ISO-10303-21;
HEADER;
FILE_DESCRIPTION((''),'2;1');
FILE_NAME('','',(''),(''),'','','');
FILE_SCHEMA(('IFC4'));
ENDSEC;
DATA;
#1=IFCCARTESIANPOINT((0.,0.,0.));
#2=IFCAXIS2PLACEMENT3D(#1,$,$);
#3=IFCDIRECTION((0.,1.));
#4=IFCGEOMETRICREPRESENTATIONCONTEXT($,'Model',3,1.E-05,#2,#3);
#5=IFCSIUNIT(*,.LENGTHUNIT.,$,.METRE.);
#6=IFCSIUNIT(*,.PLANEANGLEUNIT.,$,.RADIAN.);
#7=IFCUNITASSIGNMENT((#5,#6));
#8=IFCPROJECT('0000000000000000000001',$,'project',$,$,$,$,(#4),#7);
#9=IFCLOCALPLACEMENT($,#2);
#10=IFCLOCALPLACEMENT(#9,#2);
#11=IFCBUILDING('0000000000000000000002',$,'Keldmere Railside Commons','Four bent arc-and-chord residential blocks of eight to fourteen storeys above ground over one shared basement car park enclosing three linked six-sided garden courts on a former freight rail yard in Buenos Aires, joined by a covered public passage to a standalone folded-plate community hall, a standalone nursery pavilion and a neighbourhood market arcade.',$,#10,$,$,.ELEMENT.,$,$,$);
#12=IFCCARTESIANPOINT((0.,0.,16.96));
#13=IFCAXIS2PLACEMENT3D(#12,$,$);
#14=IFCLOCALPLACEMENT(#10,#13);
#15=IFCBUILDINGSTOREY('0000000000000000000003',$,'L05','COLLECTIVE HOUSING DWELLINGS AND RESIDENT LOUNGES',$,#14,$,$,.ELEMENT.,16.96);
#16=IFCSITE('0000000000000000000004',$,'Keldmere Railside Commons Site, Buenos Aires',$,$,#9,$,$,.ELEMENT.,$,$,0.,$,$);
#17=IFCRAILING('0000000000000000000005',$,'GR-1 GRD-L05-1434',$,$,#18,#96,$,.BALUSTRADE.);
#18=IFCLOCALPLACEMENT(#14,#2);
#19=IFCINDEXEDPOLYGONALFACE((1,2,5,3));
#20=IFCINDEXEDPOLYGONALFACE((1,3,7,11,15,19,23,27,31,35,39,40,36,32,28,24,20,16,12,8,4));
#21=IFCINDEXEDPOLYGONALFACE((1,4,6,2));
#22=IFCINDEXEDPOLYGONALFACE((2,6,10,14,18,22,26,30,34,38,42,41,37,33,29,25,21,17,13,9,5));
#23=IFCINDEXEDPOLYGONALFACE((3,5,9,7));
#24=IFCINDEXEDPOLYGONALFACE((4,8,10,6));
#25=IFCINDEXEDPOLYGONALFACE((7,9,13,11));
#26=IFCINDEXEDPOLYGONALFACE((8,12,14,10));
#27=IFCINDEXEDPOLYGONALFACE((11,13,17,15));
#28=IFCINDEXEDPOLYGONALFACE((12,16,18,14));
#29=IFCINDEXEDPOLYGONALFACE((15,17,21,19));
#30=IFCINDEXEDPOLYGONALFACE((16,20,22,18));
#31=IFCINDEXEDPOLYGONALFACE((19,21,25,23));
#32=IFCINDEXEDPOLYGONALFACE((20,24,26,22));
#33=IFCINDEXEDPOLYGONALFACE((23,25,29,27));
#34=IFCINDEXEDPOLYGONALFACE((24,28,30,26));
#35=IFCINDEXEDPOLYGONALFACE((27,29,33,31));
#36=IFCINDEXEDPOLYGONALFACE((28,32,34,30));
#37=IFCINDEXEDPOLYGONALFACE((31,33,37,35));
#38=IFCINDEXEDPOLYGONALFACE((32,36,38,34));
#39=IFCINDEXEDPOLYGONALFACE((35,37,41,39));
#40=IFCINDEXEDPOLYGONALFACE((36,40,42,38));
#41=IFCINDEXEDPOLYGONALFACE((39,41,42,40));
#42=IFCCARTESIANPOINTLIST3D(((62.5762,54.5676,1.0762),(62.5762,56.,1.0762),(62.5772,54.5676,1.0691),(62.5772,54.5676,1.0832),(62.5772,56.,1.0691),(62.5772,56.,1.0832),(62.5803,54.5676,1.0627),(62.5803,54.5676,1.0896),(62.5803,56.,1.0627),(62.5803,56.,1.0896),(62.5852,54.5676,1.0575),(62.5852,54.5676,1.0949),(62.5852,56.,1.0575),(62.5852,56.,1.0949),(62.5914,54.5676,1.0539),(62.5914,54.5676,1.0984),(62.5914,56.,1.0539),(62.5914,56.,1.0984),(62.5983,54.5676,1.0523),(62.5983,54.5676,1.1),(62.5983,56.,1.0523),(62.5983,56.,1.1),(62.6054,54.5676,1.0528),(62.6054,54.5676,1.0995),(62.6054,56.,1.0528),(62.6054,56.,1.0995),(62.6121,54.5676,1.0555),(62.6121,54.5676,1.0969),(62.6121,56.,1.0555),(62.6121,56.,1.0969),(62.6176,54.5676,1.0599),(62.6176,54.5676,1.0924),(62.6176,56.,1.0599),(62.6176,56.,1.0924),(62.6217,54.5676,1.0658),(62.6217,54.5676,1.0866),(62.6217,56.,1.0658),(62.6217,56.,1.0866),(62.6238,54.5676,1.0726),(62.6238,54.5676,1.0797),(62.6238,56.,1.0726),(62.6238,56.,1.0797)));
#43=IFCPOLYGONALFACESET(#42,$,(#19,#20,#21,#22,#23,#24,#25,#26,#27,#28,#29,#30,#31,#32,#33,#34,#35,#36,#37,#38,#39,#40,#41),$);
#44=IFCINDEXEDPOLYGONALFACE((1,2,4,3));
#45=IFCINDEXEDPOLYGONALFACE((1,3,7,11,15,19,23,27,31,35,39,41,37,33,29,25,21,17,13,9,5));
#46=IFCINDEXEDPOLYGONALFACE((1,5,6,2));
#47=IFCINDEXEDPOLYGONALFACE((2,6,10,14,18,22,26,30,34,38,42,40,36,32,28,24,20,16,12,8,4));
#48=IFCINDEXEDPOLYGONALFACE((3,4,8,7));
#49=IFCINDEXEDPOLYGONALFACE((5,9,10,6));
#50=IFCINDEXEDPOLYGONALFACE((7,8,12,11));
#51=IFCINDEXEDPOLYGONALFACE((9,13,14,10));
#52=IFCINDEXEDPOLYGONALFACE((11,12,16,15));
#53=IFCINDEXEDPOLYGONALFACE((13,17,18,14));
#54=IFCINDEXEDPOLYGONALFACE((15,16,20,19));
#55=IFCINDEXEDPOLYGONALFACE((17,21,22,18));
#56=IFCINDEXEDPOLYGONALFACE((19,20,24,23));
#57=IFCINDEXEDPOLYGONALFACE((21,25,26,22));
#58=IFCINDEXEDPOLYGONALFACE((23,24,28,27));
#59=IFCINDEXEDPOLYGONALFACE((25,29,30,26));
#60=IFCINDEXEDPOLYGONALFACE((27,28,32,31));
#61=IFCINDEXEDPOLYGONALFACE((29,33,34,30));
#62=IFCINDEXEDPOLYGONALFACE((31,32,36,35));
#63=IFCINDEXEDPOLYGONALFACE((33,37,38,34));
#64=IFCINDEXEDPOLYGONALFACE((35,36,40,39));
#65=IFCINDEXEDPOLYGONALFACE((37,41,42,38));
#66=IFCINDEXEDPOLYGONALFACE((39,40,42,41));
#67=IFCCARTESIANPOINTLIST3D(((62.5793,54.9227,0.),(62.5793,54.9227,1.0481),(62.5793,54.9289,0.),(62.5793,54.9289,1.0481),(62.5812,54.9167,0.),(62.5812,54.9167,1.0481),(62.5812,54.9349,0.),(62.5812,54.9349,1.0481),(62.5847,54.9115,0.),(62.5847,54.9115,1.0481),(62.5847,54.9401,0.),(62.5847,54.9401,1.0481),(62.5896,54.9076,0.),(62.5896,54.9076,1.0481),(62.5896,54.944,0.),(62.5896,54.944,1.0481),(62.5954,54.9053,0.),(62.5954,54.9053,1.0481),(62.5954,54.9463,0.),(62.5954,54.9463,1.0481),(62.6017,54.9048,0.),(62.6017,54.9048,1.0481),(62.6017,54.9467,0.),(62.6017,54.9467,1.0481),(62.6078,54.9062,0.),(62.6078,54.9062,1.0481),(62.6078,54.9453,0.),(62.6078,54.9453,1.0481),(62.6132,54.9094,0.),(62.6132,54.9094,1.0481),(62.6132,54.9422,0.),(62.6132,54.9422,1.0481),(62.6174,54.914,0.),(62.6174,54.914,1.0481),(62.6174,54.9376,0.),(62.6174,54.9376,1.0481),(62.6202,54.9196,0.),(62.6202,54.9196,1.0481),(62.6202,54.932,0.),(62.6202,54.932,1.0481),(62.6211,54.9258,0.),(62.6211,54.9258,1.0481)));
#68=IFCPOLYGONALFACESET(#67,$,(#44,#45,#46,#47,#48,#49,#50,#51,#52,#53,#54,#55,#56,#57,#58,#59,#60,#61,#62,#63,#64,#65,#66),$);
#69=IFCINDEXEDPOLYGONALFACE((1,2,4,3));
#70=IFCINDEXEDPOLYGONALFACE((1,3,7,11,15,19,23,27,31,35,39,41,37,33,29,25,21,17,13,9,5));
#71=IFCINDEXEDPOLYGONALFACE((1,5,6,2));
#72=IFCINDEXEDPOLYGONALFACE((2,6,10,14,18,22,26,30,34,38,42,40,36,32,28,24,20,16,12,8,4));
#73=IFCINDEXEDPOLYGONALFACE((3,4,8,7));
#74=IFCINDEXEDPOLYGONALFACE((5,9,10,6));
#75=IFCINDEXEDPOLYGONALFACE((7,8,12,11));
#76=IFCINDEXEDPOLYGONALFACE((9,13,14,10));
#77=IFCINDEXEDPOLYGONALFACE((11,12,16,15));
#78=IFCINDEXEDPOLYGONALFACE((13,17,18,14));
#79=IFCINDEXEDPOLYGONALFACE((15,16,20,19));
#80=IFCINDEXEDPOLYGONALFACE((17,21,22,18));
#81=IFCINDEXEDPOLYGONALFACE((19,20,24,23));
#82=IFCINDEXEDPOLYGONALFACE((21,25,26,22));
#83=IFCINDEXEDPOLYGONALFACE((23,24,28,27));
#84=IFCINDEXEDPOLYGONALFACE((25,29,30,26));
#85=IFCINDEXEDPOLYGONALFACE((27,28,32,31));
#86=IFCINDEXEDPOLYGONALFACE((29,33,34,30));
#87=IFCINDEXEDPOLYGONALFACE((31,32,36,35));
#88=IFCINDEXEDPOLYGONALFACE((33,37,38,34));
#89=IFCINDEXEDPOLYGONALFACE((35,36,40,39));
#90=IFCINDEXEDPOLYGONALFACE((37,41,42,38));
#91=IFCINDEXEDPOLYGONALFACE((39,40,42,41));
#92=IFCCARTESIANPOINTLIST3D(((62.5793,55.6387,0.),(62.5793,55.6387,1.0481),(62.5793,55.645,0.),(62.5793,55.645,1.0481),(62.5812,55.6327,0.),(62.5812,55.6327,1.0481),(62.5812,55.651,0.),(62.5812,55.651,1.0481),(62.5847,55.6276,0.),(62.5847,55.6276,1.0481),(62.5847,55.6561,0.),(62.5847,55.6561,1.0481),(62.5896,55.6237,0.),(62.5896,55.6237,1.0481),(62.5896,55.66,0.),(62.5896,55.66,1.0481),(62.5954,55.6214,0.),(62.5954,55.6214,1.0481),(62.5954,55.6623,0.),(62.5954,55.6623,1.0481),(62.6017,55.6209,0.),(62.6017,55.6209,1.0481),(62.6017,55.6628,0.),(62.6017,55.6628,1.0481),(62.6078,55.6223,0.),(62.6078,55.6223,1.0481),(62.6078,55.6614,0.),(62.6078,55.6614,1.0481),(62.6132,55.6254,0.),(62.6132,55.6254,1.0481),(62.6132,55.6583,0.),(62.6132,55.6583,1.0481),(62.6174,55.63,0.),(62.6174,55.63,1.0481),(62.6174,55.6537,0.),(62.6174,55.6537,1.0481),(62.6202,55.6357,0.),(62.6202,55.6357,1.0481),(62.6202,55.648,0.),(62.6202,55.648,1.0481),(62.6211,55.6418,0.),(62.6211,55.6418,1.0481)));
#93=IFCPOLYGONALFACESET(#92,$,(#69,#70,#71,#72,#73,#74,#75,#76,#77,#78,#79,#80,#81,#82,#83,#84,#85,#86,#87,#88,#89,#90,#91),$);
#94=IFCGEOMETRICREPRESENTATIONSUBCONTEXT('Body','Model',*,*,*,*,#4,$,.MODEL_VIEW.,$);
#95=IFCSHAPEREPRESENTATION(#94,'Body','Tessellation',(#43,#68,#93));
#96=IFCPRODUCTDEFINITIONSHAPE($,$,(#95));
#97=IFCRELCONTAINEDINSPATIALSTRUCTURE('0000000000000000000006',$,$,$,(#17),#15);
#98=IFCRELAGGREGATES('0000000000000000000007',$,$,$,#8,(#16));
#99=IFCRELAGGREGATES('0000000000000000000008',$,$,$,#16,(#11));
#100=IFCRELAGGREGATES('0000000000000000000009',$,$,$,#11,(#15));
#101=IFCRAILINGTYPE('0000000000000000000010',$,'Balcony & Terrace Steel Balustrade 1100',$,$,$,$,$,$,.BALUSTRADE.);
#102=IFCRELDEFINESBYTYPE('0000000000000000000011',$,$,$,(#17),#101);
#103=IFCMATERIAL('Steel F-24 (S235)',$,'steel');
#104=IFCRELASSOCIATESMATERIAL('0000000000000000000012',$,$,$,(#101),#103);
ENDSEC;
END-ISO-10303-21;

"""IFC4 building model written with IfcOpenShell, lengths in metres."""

from ifc_helpers import new_model, si_unit, direction, frame, origin, origin_2d, place, context, subcontext, project, spatial, circle, extrude, material, type_object, element, save


model = new_model("IFC4")

# Units and contexts
model_context = context("Model", 3, precision=1e-05, world=origin(), true_north=direction((0.0, 1.0)))
body_context = subcontext(model_context, "Body", "Model", "MODEL_VIEW")
ifc_project = project(units=[si_unit("LENGTHUNIT", "METRE"), si_unit("PLANEANGLEUNIT", "RADIAN")], contexts=[model_context])

# Site, building, storey
site_placement = place(None, origin())
site = spatial("IfcSite", under=ifc_project, at=site_placement, Name="Keldmere Railside Commons Site, Buenos Aires", CompositionType="ELEMENT", RefElevation=0.0)
building_placement = place(site_placement, origin())
building = spatial("IfcBuilding", under=site, at=building_placement, Name="Keldmere Railside Commons", Description="Four bent arc-and-chord residential blocks of eight to fourteen storeys above ground over one shared basement car park enclosing three linked six-sided garden courts on a former freight rail yard in Buenos Aires, joined by a covered public passage to a standalone folded-plate community hall, a standalone nursery pavilion and a neighbourhood market arcade.", CompositionType="ELEMENT")
storey_placement = place(building_placement, frame((0.0, 0.0, 16.96)))
storey = spatial("IfcBuildingStorey", under=building, at=storey_placement, Name="L05", Description="COLLECTIVE HOUSING DWELLINGS AND RESIDENT LOUNGES", CompositionType="ELEMENT", Elevation=16.96)

# Railing
ifc_material_1 = material(Name="Steel F-24 (S235)", Category="steel")
railing_type = type_object("IfcRailingType", Name="Balcony & Terrace Steel Balustrade 1100", PredefinedType="BALUSTRADE", material=ifc_material_1)
railing_1_placement = place(storey_placement, frame((62.6001, 54.5676, 0.0)))
element("IfcRailing", 1, at=railing_1_placement, inside=storey, type_object=railing_type, Name="GR-1 GRD-L05-1434", PredefinedType="BALUSTRADE", context=body_context, shape_type="SweptSolid", body=[
    extrude(circle(Radius=0.0239, at=origin_2d()), frame((0.0, 0.0, 1.0762), z_axis=(0.0, 1.0, 0.0), x_axis=(-1.0, 0.0, 0.0)), (0.0, 0.0, 1.0), 1.4324),
    extrude(circle(Radius=0.021, at=origin_2d()), frame((0.0, 0.3582, 0.0)), (0.0, 0.0, 1.0), 1.0481),
    extrude(circle(Radius=0.021, at=origin_2d()), frame((0.0, 1.0742, 0.0)), (0.0, 0.0, 1.0), 1.0481),
])

save(model, "model.ifc")
